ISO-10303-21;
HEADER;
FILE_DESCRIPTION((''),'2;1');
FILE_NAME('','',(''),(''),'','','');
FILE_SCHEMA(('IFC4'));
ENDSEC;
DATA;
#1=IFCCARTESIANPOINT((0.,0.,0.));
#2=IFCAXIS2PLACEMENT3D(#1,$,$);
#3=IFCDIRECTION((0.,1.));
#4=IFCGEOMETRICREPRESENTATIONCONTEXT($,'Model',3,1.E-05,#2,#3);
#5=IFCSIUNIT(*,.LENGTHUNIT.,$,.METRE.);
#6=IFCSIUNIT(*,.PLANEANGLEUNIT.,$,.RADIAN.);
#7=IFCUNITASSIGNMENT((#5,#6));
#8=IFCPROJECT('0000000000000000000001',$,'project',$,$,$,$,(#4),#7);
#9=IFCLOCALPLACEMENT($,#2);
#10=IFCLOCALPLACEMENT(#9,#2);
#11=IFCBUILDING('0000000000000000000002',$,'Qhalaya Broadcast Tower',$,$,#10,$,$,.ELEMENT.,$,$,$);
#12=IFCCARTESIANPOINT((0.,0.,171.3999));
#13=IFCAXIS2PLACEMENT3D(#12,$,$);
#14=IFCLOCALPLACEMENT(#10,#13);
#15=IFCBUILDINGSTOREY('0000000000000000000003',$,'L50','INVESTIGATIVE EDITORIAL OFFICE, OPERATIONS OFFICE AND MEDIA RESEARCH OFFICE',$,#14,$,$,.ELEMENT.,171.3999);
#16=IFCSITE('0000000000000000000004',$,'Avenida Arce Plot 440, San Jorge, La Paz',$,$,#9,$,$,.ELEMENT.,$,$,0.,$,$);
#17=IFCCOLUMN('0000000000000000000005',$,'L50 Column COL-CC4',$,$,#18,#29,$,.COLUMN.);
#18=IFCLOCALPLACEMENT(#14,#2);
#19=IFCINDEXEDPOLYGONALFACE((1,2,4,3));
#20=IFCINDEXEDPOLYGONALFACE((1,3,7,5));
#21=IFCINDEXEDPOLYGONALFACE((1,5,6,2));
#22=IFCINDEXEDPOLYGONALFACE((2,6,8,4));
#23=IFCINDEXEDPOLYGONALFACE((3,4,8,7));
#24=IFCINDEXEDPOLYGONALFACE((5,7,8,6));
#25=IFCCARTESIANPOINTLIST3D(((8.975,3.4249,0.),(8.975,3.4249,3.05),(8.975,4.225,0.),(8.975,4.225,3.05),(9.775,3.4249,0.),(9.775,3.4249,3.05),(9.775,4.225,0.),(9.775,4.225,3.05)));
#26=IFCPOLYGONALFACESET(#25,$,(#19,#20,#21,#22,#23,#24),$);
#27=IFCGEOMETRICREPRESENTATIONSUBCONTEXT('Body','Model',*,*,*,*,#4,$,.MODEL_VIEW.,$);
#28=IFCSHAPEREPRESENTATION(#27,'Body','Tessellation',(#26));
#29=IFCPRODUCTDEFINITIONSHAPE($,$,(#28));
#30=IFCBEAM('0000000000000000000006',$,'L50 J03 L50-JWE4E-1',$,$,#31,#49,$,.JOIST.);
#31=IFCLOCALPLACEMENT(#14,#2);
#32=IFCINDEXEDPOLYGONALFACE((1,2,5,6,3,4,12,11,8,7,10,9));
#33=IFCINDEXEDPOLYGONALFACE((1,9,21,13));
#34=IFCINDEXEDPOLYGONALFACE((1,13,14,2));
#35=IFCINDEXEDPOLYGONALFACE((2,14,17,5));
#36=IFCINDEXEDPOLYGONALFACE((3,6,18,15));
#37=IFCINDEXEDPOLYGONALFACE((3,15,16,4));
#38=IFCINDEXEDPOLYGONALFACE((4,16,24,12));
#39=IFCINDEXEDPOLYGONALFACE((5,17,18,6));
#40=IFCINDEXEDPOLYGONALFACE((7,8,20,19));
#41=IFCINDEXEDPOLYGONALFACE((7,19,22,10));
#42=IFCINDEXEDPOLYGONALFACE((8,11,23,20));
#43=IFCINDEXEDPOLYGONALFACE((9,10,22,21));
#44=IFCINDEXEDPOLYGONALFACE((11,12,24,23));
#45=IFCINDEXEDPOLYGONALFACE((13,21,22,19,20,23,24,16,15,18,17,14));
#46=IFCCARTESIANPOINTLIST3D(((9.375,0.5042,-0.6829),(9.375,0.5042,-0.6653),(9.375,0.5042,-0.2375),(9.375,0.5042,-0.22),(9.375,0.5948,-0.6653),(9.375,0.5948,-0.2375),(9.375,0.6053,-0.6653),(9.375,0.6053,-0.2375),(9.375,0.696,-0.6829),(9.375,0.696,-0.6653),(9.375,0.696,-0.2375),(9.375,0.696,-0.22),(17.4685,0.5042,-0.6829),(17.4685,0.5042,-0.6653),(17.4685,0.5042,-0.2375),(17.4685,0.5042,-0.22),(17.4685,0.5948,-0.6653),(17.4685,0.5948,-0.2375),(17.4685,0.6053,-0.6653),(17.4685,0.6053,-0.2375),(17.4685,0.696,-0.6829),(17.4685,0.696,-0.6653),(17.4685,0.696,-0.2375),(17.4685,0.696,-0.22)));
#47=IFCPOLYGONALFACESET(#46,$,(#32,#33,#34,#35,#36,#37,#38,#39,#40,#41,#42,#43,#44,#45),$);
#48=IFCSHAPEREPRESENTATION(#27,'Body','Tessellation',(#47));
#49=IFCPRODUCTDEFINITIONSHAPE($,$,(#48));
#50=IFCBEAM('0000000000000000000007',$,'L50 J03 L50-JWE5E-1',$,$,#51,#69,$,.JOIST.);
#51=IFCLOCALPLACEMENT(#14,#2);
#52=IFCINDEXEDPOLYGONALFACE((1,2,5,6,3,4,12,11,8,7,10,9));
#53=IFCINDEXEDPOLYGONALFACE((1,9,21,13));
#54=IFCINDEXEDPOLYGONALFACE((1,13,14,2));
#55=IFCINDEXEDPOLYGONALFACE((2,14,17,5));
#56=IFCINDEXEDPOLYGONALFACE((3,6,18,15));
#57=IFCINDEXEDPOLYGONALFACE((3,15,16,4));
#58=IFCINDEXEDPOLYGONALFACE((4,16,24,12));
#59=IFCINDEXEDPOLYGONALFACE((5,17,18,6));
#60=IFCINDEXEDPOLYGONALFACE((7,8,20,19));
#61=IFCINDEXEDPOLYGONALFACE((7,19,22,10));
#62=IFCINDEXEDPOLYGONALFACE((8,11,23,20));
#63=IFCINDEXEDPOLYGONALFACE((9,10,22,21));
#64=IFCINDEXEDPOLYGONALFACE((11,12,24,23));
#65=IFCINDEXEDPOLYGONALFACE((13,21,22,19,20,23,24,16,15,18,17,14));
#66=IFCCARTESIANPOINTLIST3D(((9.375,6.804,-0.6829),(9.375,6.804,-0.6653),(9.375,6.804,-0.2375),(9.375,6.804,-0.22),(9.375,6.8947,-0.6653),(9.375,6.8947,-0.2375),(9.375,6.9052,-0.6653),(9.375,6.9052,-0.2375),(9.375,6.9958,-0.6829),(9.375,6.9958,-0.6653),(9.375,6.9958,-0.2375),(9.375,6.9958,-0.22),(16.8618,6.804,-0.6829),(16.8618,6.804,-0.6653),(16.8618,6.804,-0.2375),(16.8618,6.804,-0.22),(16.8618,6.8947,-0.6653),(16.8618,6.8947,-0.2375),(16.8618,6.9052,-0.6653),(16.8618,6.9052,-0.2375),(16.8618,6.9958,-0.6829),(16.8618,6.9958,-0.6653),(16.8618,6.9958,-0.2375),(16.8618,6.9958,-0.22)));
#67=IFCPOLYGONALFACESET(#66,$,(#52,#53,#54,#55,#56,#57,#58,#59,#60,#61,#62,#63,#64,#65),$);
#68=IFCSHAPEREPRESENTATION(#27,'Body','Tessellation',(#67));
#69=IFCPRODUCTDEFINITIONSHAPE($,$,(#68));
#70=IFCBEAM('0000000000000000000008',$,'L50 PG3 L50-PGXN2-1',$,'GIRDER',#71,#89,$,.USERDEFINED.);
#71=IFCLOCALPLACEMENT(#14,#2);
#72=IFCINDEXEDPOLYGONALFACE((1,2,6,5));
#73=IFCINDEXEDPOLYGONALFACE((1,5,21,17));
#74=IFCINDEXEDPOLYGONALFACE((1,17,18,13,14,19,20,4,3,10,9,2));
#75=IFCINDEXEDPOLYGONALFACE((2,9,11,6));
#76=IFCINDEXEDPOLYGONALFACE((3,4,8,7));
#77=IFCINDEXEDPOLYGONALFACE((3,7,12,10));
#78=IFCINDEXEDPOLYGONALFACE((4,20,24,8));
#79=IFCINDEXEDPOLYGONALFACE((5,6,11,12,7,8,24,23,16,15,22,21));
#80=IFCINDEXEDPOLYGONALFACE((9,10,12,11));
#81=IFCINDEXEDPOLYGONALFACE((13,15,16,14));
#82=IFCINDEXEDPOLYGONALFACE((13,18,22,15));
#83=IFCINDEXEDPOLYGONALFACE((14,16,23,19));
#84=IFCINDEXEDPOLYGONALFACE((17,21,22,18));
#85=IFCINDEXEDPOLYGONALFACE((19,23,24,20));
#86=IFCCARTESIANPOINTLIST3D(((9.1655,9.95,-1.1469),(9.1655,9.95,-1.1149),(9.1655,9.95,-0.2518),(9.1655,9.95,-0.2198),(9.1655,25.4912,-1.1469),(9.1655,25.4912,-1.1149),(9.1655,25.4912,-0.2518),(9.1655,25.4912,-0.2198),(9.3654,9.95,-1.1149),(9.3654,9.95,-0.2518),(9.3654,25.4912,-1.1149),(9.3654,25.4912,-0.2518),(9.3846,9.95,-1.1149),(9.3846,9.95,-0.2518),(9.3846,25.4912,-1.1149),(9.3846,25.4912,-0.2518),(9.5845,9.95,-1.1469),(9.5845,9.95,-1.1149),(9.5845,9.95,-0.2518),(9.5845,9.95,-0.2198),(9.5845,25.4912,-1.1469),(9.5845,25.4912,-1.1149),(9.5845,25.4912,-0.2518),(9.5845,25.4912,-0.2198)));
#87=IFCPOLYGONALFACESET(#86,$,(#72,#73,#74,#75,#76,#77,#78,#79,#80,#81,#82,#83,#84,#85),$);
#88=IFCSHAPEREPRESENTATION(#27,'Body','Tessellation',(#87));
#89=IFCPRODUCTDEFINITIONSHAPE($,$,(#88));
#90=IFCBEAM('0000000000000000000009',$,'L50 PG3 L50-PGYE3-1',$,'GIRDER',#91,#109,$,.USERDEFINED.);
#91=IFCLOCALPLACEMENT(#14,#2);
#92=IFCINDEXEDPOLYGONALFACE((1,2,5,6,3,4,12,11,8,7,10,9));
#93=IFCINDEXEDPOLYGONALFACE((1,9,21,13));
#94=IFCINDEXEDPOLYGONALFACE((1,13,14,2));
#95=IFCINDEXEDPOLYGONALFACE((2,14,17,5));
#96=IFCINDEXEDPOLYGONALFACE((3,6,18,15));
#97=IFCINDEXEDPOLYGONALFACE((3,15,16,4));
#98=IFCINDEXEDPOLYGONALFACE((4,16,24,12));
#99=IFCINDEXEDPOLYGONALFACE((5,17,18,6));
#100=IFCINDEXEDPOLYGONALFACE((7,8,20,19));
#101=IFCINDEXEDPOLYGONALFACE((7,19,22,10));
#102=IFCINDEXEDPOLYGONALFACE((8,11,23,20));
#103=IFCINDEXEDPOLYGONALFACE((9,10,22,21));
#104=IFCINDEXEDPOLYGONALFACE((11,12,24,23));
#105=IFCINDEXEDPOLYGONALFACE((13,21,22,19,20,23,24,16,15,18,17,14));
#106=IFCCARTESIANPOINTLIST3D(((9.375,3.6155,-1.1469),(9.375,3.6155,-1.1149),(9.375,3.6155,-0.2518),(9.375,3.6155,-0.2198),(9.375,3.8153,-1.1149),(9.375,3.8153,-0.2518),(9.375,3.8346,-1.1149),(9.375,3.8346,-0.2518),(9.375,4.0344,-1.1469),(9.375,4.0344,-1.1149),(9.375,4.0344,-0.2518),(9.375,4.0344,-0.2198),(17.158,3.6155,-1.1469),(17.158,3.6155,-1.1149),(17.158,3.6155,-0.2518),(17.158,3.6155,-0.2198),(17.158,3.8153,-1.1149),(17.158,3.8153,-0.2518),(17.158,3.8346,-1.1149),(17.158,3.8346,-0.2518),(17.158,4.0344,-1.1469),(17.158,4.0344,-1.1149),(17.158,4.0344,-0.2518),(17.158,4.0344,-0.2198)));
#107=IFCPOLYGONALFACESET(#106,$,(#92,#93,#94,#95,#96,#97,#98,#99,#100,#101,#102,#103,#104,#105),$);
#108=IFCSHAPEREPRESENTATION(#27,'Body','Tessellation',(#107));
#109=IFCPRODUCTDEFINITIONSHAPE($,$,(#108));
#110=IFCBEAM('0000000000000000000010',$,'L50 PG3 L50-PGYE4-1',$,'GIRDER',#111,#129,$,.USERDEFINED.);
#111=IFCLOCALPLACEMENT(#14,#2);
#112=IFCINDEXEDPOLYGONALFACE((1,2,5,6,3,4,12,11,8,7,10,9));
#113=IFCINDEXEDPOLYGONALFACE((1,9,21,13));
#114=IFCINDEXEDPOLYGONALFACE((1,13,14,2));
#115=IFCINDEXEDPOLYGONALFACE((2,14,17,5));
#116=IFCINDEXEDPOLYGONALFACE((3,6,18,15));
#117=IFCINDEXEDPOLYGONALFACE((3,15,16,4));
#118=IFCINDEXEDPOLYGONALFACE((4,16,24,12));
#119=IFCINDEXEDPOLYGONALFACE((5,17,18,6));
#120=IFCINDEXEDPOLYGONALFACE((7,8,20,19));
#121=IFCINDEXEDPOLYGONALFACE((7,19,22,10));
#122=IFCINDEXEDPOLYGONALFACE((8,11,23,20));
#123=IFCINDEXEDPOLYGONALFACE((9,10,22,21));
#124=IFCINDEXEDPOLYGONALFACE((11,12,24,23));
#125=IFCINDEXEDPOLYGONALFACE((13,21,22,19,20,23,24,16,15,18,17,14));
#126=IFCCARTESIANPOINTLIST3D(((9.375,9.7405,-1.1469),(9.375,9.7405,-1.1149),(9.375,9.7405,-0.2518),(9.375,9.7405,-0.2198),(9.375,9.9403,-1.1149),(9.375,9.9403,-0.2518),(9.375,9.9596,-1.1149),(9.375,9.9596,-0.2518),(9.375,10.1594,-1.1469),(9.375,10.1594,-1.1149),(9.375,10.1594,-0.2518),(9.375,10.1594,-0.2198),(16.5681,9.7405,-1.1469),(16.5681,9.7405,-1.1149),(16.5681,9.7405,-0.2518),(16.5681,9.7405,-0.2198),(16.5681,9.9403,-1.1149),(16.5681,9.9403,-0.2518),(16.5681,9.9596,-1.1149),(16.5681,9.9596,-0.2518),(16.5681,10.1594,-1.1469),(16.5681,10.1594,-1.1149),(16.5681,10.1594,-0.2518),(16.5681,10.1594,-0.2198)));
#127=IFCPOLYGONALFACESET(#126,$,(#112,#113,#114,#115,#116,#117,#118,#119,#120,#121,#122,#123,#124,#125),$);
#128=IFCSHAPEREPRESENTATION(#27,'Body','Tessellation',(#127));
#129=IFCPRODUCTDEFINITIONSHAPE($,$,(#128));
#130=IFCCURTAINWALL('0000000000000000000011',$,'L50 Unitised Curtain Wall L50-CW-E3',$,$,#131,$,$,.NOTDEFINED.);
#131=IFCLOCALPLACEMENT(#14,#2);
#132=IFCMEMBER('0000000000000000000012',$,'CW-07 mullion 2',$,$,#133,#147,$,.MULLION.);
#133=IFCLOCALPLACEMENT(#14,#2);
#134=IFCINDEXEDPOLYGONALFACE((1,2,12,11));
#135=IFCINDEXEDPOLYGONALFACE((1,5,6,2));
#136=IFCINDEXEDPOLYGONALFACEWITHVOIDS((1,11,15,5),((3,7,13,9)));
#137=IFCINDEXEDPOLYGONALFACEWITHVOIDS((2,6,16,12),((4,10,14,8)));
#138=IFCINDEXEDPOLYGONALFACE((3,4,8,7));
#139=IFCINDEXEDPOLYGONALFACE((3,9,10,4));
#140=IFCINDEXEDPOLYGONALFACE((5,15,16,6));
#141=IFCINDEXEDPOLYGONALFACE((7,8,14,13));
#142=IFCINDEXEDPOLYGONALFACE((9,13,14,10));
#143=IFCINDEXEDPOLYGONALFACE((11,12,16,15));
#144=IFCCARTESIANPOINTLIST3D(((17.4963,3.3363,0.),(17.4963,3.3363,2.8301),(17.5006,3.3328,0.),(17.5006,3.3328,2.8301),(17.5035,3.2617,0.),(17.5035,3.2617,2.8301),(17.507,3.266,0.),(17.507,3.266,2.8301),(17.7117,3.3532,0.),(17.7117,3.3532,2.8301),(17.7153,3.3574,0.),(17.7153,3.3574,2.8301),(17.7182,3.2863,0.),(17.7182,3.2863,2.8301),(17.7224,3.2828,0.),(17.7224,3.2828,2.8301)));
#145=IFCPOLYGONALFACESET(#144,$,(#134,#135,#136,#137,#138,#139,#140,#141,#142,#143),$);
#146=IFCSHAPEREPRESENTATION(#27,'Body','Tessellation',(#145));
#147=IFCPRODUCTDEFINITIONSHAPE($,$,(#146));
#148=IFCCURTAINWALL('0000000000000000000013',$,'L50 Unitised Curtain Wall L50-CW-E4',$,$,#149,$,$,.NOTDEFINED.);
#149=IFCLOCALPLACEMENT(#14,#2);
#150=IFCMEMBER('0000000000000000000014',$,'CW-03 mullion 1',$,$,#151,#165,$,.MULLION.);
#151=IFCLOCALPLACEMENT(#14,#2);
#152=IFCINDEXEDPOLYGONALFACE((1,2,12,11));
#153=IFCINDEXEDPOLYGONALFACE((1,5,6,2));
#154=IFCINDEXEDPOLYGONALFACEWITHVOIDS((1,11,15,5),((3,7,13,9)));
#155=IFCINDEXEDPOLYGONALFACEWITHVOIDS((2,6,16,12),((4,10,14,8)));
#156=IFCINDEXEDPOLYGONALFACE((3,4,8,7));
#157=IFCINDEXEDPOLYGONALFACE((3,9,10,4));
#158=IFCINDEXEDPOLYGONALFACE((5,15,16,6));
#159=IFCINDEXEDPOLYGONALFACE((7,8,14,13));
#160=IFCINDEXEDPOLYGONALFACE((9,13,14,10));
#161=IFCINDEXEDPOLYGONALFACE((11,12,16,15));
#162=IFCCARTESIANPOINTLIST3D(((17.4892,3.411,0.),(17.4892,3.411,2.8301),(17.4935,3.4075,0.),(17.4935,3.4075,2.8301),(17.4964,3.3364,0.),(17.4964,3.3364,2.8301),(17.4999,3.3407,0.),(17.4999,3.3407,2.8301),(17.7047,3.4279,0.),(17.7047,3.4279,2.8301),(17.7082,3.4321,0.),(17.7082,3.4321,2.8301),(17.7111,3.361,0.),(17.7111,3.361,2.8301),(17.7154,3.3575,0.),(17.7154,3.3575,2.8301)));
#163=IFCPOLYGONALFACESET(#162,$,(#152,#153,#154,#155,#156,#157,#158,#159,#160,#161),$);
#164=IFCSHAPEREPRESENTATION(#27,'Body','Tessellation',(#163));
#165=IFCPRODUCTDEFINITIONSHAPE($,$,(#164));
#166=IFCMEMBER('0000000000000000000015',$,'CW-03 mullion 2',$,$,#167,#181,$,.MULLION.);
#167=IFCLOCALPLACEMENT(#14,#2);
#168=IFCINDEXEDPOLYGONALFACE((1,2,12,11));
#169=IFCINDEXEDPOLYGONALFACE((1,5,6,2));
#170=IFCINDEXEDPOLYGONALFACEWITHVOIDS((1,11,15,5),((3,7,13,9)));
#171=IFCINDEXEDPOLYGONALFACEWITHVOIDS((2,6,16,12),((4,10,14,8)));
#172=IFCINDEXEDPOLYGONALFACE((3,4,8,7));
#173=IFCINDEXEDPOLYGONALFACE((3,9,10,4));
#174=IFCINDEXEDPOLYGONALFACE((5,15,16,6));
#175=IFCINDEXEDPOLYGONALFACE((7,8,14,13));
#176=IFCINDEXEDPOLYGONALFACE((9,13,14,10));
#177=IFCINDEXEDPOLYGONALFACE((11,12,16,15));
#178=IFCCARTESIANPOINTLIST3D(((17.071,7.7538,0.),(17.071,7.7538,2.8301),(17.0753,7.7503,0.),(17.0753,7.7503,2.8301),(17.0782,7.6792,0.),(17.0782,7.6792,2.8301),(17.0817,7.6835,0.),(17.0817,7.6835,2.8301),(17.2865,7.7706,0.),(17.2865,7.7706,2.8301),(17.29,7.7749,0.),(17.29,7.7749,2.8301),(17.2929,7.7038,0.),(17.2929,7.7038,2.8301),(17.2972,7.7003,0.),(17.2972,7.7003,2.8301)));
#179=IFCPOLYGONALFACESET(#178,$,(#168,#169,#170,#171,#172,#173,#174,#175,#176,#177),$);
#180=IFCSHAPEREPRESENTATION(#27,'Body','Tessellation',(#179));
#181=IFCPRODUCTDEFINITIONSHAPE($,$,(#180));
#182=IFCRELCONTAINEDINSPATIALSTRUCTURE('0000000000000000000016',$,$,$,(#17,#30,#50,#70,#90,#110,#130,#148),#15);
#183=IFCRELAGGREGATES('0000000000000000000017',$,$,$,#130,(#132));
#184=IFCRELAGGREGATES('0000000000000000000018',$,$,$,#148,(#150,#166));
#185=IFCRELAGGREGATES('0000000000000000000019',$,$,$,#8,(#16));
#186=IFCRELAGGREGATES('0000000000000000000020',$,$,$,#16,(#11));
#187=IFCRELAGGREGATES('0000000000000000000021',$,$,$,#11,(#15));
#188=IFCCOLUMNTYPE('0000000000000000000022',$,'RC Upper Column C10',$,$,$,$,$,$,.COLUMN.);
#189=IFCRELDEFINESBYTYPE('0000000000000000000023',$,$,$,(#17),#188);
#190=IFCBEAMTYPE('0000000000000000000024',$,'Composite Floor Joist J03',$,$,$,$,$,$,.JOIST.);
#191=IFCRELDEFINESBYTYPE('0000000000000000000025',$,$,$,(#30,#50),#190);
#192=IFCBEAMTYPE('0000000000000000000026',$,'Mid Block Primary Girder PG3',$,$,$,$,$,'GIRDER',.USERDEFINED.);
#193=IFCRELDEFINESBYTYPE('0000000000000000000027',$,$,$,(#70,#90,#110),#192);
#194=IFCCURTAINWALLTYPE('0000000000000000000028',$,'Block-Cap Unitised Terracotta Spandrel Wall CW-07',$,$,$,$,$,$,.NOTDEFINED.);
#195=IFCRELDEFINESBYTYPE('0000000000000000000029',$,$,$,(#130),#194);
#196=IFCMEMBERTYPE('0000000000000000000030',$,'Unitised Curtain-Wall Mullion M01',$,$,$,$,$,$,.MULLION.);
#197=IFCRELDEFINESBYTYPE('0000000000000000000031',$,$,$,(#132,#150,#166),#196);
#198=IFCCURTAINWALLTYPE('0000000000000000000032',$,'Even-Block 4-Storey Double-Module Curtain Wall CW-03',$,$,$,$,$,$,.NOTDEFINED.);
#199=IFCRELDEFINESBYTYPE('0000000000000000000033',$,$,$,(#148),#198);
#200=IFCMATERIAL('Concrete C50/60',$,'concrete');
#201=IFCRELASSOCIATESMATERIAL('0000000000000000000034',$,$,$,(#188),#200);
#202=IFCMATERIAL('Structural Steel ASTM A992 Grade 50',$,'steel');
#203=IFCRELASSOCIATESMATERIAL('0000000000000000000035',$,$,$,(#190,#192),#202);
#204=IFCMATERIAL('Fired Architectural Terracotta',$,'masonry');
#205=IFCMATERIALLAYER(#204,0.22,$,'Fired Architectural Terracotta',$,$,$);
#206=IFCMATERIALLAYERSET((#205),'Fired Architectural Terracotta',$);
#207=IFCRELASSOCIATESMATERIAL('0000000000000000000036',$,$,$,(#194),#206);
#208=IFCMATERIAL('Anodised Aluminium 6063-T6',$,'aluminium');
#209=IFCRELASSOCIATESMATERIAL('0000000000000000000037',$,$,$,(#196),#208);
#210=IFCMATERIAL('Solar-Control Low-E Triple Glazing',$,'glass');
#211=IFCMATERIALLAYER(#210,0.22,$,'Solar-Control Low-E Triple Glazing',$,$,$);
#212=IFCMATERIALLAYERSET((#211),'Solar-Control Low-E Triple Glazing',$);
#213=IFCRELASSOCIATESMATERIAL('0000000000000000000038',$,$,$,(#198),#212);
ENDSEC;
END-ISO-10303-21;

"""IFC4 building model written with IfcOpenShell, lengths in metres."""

from ifc_helpers import new_model, si_unit, direction, frame, origin, origin_2d, place, context, subcontext, project, spatial, rectangle, hollow_rectangle, i_section, extrude, material, layer, layer_set, material_profile, profile_set, type_object, element, aggregate, save


model = new_model("IFC4")

# Units and contexts
model_context = context("Model", 3, precision=1e-05, world=origin(), true_north=direction((0.0, 1.0)))
body_context = subcontext(model_context, "Body", "Model", "MODEL_VIEW")
ifc_project = project(units=[si_unit("LENGTHUNIT", "METRE"), si_unit("PLANEANGLEUNIT", "RADIAN")], contexts=[model_context])

# Site, building, storey
site_placement = place(None, origin())
site = spatial("IfcSite", under=ifc_project, at=site_placement, Name="Avenida Arce Plot 440, San Jorge, La Paz", CompositionType="ELEMENT", RefElevation=0.0)
building_placement = place(site_placement, origin())
building = spatial("IfcBuilding", under=site, at=building_placement, Name="Qhalaya Broadcast Tower", CompositionType="ELEMENT")
storey_placement = place(building_placement, frame((0.0, 0.0, 171.3999)))
storey = spatial("IfcBuildingStorey", under=building, at=storey_placement, Name="L50", Description="INVESTIGATIVE EDITORIAL OFFICE, OPERATIONS OFFICE AND MEDIA RESEARCH OFFICE", CompositionType="ELEMENT", Elevation=171.3999)

# Column
ifc_material_1 = material(Name="Concrete C50/60", Category="concrete")
ifc_material_profile_1 = material_profile(ifc_material_1, rectangle(XDim=0.8, YDim=0.8, at=origin_2d()), Name="RC-COL 800x800")
ifc_profile_set_1 = profile_set([ifc_material_profile_1], Name="Concrete C50/60")
column_type = type_object("IfcColumnType", Name="RC Upper Column C10", PredefinedType="COLUMN", material=ifc_profile_set_1)
column_placement = place(storey_placement, frame((9.375, 3.825, 0.0), z_axis=(0.0, 0.0, 1.0), x_axis=(1.0, 0.0, 0.0)))
element("IfcColumn", 1, at=column_placement, inside=storey, type_object=column_type, Name="L50 Column COL-CC4", PredefinedType="COLUMN", context=body_context, shape_type="SweptSolid", body=[
    extrude(rectangle(XDim=0.8, YDim=0.8, at=origin_2d()), origin(), (0.0, 0.0, 1.0), 3.05),
])

# Beams
ifc_material_2 = material(Name="Structural Steel ASTM A992 Grade 50", Category="steel")
ifc_material_profile_2 = material_profile(ifc_material_2, i_section(OverallWidth=0.1919, OverallDepth=0.4629, WebThickness=0.0105, FlangeThickness=0.0176, at=origin_2d()), Name="W18X60")
ifc_profile_set_2 = profile_set([ifc_material_profile_2], Name="Structural Steel ASTM A992 Grade 50")
beam_type_1 = type_object("IfcBeamType", Name="Composite Floor Joist J03", PredefinedType="JOIST", material=ifc_profile_set_2)
beam_1_placement = place(storey_placement, frame((9.375, 0.6001, -0.4514), z_axis=(1.0, 0.0, 0.0), x_axis=(0.0, 1.0, 0.0)))
element("IfcBeam", 2, at=beam_1_placement, inside=storey, type_object=beam_type_1, Name="L50 J03 L50-JWE4E-1", PredefinedType="JOIST", context=body_context, shape_type="SweptSolid", body=[
    extrude(i_section(OverallWidth=0.1919, OverallDepth=0.4629, WebThickness=0.0105, FlangeThickness=0.0176, at=origin_2d()), origin(), (0.0, 0.0, 1.0), 8.0935),
])
beam_2_placement = place(storey_placement, frame((9.375, 6.8999, -0.4514), z_axis=(1.0, 0.0, 0.0), x_axis=(0.0, 1.0, 0.0)))
element("IfcBeam", 3, at=beam_2_placement, inside=storey, type_object=beam_type_1, Name="L50 J03 L50-JWE5E-1", PredefinedType="JOIST", context=body_context, shape_type="SweptSolid", body=[
    extrude(i_section(OverallWidth=0.1919, OverallDepth=0.4629, WebThickness=0.0105, FlangeThickness=0.0176, at=origin_2d()), origin(), (0.0, 0.0, 1.0), 7.4868),
])
ifc_material_profile_3 = material_profile(ifc_material_2, i_section(OverallWidth=0.4189, OverallDepth=0.927, WebThickness=0.0193, FlangeThickness=0.032, at=origin_2d()), Name="W36X231")
ifc_profile_set_3 = profile_set([ifc_material_profile_3], Name="Structural Steel ASTM A992 Grade 50")
beam_type_2 = type_object("IfcBeamType", Name="Mid Block Primary Girder PG3", ElementType="GIRDER", PredefinedType="USERDEFINED", material=ifc_profile_set_3)
beam_3_placement = place(storey_placement, frame((9.375, 9.95, -0.6833), z_axis=(0.0, 1.0, 0.0), x_axis=(-1.0, 0.0, 0.0)))
element("IfcBeam", 4, at=beam_3_placement, inside=storey, type_object=beam_type_2, Name="L50 PG3 L50-PGXN2-1", ObjectType="GIRDER", PredefinedType="USERDEFINED", context=body_context, shape_type="SweptSolid", body=[
    extrude(i_section(OverallWidth=0.4189, OverallDepth=0.927, WebThickness=0.0193, FlangeThickness=0.032, at=origin_2d()), origin(), (0.0, 0.0, 1.0), 15.5413),
])
beam_4_placement = place(storey_placement, frame((9.375, 3.825, -0.6833), z_axis=(1.0, 0.0, 0.0), x_axis=(0.0, 1.0, 0.0)))
element("IfcBeam", 5, at=beam_4_placement, inside=storey, type_object=beam_type_2, Name="L50 PG3 L50-PGYE3-1", ObjectType="GIRDER", PredefinedType="USERDEFINED", context=body_context, shape_type="SweptSolid", body=[
    extrude(i_section(OverallWidth=0.4189, OverallDepth=0.927, WebThickness=0.0193, FlangeThickness=0.032, at=origin_2d()), origin(), (0.0, 0.0, 1.0), 7.783),
])
beam_5_placement = place(storey_placement, frame((9.375, 9.95, -0.6833), z_axis=(1.0, 0.0, 0.0), x_axis=(0.0, 1.0, 0.0)))
element("IfcBeam", 6, at=beam_5_placement, inside=storey, type_object=beam_type_2, Name="L50 PG3 L50-PGYE4-1", ObjectType="GIRDER", PredefinedType="USERDEFINED", context=body_context, shape_type="SweptSolid", body=[
    extrude(i_section(OverallWidth=0.4189, OverallDepth=0.927, WebThickness=0.0193, FlangeThickness=0.032, at=origin_2d()), origin(), (0.0, 0.0, 1.0), 7.1931),
])

# Curtain wall, member
ifc_material_3 = material(Name="Fired Architectural Terracotta", Category="masonry")
ifc_layer_1 = layer(ifc_material_3, 0.22, Name="Fired Architectural Terracotta")
ifc_layer_set_1 = layer_set([ifc_layer_1], Name="Fired Architectural Terracotta")
curtain_wall_type_1 = type_object("IfcCurtainWallType", Name="Block-Cap Unitised Terracotta Spandrel Wall CW-07", PredefinedType="NOTDEFINED", material=ifc_layer_set_1)
curtain_wall_1_placement = place(storey_placement, origin())
curtain_wall_1 = element("IfcCurtainWall", 7, at=curtain_wall_1_placement, inside=storey, type_object=curtain_wall_type_1, Name="L50 Unitised Curtain Wall L50-CW-E3", PredefinedType="NOTDEFINED")
ifc_material_4 = material(Name="Anodised Aluminium 6063-T6", Category="aluminium")
ifc_material_profile_4 = material_profile(ifc_material_4, hollow_rectangle(XDim=0.075, YDim=0.22, WallThickness=0.0039, at=origin_2d()), Name="ALU-MUL 75x220x4")
ifc_profile_set_4 = profile_set([ifc_material_profile_4], Name="Anodised Aluminium 6063-T6")
member_type_1 = type_object("IfcMemberType", Name="Unitised Curtain-Wall Mullion M01", PredefinedType="MULLION", material=ifc_profile_set_4)
member_1_placement = place(storey_placement, frame((17.6094, 3.3096, 0.0), z_axis=(0.0, 0.0, 1.0), x_axis=(-0.095851, 0.995396, 0.0)))
member_1 = element("IfcMember", 8, at=member_1_placement, type_object=member_type_1, Name="CW-07 mullion 2", PredefinedType="MULLION", context=body_context, shape_type="SweptSolid", body=[
    extrude(hollow_rectangle(XDim=0.075, YDim=0.22, WallThickness=0.0039, at=origin_2d()), origin(), (0.0, 0.0, 1.0), 2.8301),
])
aggregate(curtain_wall_1, [member_1])

# Curtain wall, members
ifc_material_5 = material(Name="Solar-Control Low-E Triple Glazing", Category="glass")
ifc_layer_2 = layer(ifc_material_5, 0.22, Name="Solar-Control Low-E Triple Glazing")
ifc_layer_set_2 = layer_set([ifc_layer_2], Name="Solar-Control Low-E Triple Glazing")
curtain_wall_type_2 = type_object("IfcCurtainWallType", Name="Even-Block 4-Storey Double-Module Curtain Wall CW-03", PredefinedType="NOTDEFINED", material=ifc_layer_set_2)
curtain_wall_2_placement = place(storey_placement, origin())
curtain_wall_2 = element("IfcCurtainWall", 9, at=curtain_wall_2_placement, inside=storey, type_object=curtain_wall_type_2, Name="L50 Unitised Curtain Wall L50-CW-E4", PredefinedType="NOTDEFINED")
member_2_placement = place(storey_placement, frame((17.6023, 3.3843, 0.0), z_axis=(0.0, 0.0, 1.0), x_axis=(-0.095855, 0.995395, 0.0)))
member_2 = element("IfcMember", 10, at=member_2_placement, type_object=member_type_1, Name="CW-03 mullion 1", PredefinedType="MULLION", context=body_context, shape_type="SweptSolid", body=[
    extrude(hollow_rectangle(XDim=0.075, YDim=0.22, WallThickness=0.0039, at=origin_2d()), origin(), (0.0, 0.0, 1.0), 2.8301),
])
member_3_placement = place(storey_placement, frame((17.1841, 7.7271, 0.0), z_axis=(0.0, 0.0, 1.0), x_axis=(-0.095855, 0.995395, 0.0)))
member_3 = element("IfcMember", 11, at=member_3_placement, type_object=member_type_1, Name="CW-03 mullion 2", PredefinedType="MULLION", context=body_context, shape_type="SweptSolid", body=[
    extrude(hollow_rectangle(XDim=0.075, YDim=0.22, WallThickness=0.0039, at=origin_2d()), origin(), (0.0, 0.0, 1.0), 2.8301),
])

aggregate(curtain_wall_2, [member_2, member_3])

save(model, "model.ifc")
